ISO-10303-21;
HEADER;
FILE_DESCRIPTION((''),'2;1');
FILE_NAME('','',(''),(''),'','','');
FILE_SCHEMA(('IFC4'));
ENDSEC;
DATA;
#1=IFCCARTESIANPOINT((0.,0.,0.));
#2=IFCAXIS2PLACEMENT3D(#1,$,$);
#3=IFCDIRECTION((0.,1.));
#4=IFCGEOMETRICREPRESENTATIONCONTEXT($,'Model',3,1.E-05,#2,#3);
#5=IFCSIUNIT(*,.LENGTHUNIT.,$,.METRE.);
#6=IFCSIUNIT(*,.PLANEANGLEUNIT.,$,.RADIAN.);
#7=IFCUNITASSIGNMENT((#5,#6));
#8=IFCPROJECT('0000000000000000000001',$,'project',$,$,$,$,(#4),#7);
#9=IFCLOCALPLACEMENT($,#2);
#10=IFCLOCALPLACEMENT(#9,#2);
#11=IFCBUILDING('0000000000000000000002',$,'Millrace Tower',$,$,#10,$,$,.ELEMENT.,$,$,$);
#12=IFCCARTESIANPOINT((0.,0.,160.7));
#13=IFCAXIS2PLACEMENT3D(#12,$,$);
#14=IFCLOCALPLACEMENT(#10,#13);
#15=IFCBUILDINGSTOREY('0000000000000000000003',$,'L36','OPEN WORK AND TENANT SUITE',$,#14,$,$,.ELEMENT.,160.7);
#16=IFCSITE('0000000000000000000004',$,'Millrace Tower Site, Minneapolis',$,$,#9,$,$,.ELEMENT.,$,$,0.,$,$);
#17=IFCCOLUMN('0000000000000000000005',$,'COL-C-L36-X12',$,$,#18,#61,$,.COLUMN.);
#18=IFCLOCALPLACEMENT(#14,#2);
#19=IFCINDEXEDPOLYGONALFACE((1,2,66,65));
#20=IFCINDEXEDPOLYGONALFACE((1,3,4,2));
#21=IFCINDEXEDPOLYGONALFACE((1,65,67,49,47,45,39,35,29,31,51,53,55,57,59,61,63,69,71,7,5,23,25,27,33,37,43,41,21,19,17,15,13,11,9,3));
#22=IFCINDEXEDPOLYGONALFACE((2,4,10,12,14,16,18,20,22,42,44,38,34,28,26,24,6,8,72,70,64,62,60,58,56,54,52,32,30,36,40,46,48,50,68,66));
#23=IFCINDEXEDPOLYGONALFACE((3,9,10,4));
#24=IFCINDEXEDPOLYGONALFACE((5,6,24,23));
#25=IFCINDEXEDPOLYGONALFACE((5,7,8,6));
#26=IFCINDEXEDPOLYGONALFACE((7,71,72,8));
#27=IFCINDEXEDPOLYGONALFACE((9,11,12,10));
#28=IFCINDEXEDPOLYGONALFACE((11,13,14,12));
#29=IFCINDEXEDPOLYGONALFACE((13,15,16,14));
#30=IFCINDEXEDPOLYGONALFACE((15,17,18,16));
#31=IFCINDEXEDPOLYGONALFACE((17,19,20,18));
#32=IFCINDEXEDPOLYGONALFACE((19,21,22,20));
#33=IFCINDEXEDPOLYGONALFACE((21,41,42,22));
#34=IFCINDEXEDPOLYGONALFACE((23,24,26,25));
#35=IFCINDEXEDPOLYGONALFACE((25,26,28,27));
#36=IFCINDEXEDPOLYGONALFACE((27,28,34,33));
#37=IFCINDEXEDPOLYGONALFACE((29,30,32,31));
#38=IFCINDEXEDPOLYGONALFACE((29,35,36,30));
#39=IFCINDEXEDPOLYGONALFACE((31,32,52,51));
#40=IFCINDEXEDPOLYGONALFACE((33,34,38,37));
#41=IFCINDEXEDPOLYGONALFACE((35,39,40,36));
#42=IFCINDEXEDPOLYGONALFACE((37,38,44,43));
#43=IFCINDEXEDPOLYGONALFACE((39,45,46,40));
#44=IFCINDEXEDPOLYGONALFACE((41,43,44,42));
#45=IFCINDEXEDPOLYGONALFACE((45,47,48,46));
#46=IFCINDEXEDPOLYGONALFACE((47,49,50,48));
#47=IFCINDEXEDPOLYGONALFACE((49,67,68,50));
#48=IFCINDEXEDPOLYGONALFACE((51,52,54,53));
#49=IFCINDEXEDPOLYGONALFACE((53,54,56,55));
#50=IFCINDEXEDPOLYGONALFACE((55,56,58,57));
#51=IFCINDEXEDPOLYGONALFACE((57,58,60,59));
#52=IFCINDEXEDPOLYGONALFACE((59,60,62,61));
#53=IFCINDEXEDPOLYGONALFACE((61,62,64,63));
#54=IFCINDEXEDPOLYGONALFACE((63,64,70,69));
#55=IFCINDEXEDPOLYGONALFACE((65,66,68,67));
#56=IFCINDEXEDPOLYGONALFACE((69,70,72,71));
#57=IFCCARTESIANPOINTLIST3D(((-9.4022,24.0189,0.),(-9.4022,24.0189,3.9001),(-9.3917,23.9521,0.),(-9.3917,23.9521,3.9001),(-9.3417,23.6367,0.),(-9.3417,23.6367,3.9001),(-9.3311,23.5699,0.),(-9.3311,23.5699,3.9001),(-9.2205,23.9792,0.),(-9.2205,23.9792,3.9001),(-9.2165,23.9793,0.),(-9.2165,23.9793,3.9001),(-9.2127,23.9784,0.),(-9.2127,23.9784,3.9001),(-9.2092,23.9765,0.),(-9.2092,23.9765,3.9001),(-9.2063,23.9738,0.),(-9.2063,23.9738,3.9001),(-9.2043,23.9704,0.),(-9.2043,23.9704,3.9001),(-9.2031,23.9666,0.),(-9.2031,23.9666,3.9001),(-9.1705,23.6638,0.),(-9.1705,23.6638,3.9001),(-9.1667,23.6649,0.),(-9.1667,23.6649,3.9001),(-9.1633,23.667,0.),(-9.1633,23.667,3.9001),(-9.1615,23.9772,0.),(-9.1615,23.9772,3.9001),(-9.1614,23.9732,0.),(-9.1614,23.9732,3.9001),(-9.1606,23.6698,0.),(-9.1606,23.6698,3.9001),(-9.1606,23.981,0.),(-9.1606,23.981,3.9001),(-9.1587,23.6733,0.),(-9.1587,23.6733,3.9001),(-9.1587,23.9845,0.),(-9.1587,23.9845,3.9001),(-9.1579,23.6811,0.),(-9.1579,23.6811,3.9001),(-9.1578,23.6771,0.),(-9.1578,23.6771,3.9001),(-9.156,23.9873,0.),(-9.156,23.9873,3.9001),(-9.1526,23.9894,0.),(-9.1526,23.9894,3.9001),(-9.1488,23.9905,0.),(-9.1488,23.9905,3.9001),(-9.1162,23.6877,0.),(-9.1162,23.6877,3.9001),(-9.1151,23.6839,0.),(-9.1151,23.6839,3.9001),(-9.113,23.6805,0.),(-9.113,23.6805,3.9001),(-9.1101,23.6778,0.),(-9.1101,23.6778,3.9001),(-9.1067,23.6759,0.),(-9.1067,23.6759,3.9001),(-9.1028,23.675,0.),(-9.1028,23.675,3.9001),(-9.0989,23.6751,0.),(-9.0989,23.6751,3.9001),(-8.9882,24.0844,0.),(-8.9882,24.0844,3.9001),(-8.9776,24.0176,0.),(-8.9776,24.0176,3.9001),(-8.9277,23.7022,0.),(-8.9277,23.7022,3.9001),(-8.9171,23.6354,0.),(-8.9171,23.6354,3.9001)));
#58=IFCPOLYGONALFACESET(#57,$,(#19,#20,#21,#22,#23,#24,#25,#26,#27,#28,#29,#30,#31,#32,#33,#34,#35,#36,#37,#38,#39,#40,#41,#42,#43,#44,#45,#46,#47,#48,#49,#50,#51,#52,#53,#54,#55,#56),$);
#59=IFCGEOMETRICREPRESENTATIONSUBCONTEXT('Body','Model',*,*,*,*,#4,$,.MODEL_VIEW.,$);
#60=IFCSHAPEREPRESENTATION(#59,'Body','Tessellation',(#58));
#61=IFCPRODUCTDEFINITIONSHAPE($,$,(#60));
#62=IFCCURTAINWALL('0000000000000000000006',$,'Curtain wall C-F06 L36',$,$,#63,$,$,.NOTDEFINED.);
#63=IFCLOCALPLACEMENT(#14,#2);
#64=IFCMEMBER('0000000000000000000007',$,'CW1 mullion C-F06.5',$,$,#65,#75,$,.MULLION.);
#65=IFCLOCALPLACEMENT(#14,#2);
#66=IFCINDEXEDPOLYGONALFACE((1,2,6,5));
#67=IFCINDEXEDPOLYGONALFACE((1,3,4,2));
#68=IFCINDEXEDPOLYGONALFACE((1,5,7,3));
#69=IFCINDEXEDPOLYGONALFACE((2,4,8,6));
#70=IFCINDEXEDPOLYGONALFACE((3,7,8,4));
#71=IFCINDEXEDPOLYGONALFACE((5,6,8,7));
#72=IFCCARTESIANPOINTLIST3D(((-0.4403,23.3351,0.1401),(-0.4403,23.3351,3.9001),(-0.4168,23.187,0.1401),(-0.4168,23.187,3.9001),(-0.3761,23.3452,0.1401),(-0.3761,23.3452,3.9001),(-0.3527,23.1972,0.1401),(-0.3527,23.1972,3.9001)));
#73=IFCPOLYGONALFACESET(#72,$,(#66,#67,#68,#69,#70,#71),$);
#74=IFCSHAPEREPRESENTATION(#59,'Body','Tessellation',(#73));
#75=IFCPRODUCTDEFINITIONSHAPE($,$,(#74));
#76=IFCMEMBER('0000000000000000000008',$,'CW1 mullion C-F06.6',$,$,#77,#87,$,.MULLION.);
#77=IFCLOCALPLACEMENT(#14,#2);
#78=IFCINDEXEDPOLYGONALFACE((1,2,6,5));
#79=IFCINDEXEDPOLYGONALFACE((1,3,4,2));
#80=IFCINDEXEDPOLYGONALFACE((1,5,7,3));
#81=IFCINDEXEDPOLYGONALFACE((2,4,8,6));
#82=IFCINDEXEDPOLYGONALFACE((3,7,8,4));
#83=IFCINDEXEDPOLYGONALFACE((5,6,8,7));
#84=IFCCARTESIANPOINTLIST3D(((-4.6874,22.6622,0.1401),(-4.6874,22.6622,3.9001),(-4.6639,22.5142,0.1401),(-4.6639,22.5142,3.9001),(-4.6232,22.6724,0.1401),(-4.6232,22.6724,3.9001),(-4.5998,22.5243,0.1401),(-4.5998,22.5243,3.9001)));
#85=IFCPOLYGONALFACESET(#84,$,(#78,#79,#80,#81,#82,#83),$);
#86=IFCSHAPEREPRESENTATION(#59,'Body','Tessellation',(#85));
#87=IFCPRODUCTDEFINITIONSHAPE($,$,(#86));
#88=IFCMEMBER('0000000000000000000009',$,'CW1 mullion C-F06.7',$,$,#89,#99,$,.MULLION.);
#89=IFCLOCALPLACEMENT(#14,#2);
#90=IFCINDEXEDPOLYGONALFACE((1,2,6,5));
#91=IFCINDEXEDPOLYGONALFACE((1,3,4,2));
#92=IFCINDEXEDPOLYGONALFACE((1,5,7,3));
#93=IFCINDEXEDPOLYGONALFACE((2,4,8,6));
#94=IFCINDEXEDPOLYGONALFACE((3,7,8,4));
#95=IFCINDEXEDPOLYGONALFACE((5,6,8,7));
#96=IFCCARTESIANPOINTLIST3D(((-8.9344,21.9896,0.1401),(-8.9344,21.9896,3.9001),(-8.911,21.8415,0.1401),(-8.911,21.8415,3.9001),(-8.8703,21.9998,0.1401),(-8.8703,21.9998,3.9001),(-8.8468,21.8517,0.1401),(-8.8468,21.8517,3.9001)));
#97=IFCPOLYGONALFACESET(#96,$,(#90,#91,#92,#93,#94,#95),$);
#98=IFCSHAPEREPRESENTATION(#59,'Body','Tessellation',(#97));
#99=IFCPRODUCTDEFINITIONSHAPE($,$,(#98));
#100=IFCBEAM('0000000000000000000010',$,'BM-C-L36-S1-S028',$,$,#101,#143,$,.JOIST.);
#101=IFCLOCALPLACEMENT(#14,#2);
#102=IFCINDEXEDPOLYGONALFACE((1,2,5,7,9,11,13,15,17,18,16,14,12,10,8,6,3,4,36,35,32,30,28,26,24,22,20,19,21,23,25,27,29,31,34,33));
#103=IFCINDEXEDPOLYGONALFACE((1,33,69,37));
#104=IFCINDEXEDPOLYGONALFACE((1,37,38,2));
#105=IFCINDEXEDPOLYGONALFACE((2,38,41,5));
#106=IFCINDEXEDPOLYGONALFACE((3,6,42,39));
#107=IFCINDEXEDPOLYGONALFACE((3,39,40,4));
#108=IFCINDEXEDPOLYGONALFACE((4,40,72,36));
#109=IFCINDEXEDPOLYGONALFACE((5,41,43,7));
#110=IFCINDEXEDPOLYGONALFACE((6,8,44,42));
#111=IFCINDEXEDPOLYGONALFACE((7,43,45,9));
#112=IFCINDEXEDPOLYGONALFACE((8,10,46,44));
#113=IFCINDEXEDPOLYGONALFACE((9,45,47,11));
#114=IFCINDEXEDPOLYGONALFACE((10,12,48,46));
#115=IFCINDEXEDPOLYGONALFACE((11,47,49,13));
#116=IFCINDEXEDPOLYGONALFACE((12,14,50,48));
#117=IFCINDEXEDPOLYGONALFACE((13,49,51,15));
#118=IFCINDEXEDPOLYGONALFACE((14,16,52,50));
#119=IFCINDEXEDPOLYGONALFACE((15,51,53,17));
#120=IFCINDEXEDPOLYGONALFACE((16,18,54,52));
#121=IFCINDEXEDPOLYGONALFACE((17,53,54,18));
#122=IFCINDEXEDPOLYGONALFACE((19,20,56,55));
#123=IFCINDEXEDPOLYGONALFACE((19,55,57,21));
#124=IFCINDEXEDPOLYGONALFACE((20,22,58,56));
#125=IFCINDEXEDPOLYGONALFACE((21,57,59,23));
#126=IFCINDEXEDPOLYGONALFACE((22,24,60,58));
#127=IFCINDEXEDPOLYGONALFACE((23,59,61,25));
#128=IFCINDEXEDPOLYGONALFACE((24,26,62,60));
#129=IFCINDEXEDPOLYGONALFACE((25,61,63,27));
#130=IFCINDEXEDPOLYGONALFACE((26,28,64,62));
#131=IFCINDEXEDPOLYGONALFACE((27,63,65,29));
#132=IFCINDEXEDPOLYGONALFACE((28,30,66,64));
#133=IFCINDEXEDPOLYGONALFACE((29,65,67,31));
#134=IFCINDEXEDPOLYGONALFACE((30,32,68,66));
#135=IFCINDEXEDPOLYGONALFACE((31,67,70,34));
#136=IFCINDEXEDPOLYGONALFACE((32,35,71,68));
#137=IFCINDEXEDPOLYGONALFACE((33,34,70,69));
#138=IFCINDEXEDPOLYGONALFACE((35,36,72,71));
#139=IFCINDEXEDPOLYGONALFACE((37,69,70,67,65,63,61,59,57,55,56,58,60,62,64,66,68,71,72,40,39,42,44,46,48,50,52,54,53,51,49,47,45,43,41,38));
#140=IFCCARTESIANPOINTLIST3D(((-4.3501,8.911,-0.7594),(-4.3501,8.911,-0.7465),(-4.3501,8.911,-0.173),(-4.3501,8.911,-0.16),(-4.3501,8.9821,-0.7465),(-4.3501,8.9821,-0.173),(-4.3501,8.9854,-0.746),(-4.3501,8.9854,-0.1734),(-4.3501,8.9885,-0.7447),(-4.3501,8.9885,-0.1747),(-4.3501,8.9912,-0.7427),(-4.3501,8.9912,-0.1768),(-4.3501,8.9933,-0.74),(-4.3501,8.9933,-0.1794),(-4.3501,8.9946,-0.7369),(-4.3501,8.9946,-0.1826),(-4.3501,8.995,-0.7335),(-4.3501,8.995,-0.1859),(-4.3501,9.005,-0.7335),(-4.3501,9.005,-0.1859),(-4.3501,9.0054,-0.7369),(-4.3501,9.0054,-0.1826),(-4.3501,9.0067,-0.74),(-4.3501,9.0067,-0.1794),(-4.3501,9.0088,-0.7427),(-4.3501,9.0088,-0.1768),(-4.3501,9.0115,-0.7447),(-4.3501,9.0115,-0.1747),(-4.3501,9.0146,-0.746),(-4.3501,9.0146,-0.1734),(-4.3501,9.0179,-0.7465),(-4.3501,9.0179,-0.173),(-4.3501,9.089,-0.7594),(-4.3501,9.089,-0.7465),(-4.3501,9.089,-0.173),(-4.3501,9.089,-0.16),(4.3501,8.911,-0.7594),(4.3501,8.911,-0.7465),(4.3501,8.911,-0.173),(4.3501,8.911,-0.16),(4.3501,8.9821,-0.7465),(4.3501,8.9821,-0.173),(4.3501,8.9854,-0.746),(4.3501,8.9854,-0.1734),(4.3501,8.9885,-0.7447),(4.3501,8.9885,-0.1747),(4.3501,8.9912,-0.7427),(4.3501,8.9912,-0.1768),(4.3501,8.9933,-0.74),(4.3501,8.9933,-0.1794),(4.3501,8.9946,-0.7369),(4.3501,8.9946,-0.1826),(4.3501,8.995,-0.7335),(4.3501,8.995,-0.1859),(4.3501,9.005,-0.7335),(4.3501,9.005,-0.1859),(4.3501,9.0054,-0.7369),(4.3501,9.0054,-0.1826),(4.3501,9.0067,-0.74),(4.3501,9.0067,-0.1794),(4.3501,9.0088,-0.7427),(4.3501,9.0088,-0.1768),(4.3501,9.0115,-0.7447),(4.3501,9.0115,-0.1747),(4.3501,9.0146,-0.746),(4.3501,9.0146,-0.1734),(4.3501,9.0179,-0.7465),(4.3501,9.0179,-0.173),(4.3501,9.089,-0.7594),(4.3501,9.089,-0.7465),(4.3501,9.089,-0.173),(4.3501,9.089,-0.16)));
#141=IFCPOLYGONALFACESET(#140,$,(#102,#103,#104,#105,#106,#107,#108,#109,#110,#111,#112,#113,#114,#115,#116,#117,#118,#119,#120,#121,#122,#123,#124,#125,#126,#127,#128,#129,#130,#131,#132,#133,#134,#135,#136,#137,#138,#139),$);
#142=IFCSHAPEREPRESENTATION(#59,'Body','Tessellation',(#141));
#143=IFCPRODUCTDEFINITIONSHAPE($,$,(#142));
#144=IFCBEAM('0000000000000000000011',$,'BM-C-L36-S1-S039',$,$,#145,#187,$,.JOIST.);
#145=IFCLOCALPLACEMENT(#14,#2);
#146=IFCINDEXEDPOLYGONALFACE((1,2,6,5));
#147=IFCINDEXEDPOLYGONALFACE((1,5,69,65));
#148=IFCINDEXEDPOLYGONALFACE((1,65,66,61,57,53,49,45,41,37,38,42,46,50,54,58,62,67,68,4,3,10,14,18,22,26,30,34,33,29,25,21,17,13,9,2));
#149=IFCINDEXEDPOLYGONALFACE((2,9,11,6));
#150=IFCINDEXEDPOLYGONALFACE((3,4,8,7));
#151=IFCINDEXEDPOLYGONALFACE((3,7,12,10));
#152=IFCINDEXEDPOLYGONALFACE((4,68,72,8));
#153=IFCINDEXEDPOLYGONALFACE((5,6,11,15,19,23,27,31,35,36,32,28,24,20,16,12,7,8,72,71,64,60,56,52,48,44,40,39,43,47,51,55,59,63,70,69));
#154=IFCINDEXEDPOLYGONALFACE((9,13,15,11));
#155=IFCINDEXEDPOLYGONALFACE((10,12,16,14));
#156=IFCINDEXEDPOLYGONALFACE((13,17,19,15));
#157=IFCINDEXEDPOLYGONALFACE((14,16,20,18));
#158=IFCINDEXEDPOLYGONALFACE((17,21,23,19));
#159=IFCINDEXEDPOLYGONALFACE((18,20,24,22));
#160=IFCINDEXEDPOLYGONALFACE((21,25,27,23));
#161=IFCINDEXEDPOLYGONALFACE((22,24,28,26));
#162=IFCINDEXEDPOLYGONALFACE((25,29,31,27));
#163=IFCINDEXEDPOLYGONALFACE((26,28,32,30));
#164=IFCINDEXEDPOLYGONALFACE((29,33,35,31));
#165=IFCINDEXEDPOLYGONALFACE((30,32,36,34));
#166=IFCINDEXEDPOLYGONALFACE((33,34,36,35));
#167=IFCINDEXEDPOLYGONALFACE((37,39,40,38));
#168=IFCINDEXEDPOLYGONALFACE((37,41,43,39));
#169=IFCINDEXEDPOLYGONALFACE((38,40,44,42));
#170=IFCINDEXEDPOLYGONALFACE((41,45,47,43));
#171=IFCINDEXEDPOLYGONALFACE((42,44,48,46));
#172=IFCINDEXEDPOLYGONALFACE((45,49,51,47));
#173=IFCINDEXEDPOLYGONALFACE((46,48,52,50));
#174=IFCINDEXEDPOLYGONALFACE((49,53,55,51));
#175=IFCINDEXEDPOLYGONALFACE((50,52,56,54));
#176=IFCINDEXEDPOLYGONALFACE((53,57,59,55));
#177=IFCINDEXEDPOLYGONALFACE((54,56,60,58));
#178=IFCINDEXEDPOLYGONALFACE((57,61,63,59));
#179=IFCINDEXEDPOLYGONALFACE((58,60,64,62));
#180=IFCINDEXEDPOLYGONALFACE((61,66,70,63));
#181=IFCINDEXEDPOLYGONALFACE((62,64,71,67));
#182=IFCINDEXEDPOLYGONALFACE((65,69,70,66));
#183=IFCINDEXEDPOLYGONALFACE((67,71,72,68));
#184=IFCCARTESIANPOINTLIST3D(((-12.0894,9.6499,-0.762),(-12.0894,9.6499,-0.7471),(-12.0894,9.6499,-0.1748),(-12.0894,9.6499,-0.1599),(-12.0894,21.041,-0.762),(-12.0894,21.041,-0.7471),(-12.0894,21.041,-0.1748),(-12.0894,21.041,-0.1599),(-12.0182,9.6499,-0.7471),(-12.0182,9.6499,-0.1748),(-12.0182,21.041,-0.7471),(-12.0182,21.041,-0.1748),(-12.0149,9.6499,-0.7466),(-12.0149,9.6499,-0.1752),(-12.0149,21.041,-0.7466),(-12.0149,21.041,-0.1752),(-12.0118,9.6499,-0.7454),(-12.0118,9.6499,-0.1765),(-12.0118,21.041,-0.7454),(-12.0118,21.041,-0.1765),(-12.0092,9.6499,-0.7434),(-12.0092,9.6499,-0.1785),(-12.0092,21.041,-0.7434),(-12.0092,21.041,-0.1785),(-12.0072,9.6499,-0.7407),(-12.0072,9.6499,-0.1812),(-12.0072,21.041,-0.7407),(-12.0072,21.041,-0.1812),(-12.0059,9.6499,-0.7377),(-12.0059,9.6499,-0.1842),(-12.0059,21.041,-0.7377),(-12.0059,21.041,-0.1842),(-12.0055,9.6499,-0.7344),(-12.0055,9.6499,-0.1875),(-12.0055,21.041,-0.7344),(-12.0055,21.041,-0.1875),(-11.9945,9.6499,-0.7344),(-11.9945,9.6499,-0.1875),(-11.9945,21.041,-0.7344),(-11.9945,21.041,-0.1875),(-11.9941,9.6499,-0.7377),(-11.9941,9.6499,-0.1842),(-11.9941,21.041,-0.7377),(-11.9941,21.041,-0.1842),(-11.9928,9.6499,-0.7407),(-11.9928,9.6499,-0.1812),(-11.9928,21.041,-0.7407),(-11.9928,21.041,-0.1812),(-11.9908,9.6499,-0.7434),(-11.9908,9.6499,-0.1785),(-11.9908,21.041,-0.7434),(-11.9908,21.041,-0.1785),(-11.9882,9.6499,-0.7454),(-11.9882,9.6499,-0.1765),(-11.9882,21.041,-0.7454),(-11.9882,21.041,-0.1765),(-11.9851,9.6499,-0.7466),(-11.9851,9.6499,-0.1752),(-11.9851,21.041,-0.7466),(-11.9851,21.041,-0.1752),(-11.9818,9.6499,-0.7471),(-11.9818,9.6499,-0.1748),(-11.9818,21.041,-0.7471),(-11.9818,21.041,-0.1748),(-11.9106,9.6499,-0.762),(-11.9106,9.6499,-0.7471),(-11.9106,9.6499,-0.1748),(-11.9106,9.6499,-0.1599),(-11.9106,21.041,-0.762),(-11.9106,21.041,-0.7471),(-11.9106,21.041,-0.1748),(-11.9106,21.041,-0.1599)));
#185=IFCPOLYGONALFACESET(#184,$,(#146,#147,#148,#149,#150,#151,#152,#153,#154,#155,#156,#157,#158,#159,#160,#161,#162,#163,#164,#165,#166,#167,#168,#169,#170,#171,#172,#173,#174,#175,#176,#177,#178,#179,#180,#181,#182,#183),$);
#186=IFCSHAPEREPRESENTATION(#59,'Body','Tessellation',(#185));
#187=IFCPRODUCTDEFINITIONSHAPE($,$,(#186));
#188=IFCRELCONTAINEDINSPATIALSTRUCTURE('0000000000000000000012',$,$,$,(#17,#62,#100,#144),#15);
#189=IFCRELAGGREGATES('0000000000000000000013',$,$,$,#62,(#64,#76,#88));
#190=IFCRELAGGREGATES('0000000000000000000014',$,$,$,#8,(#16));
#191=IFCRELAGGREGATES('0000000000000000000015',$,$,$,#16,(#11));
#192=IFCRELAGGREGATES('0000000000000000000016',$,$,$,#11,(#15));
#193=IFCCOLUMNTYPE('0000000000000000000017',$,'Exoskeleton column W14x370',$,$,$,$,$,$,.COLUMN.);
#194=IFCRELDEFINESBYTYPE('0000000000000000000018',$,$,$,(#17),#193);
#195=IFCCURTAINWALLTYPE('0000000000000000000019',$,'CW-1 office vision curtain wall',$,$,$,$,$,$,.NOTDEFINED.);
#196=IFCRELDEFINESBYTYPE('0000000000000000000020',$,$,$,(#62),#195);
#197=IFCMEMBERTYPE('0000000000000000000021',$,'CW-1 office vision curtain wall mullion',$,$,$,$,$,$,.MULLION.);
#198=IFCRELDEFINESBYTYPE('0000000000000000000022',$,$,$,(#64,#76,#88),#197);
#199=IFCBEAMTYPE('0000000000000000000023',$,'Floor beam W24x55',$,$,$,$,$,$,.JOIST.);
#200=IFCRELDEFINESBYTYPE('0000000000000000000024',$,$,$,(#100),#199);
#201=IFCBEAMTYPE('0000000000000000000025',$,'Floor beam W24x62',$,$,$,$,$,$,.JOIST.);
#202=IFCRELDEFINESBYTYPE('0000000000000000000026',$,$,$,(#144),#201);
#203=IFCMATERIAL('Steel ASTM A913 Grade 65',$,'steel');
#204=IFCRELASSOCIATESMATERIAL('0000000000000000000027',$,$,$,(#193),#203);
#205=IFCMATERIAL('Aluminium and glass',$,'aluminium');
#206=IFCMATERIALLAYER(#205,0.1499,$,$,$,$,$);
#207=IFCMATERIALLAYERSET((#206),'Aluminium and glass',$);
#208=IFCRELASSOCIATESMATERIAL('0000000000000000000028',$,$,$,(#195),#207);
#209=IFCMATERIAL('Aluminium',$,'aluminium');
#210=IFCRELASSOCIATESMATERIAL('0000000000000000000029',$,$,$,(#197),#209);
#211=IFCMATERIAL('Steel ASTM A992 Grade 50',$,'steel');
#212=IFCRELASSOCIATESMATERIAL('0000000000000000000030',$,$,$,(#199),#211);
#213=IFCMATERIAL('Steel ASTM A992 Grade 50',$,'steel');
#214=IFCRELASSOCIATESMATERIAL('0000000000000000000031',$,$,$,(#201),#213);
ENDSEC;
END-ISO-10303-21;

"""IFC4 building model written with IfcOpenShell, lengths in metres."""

from ifc_helpers import new_model, si_unit, direction, frame, origin, origin_2d, place, context, subcontext, project, spatial, rectangle, i_section, extrude, material, layer, layer_set, material_profile, profile_set, type_object, element, aggregate, save


model = new_model("IFC4")

# Units and contexts
model_context = context("Model", 3, precision=1e-05, world=origin(), true_north=direction((0.0, 1.0)))
body_context = subcontext(model_context, "Body", "Model", "MODEL_VIEW")
ifc_project = project(units=[si_unit("LENGTHUNIT", "METRE"), si_unit("PLANEANGLEUNIT", "RADIAN")], contexts=[model_context])

# Site, building, storey
site_placement = place(None, origin())
site = spatial("IfcSite", under=ifc_project, at=site_placement, Name="Millrace Tower Site, Minneapolis", CompositionType="ELEMENT", RefElevation=0.0)
building_placement = place(site_placement, origin())
building = spatial("IfcBuilding", under=site, at=building_placement, Name="Millrace Tower", CompositionType="ELEMENT")
storey_placement = place(building_placement, frame((0.0, 0.0, 160.7)))
storey = spatial("IfcBuildingStorey", under=building, at=storey_placement, Name="L36", Description="OPEN WORK AND TENANT SUITE", CompositionType="ELEMENT", Elevation=160.7)

# Column
ifc_material_1 = material(Name="Steel ASTM A913 Grade 65", Category="steel")
ifc_material_profile_1 = material_profile(ifc_material_1, i_section(OverallWidth=0.4192, OverallDepth=0.4546, WebThickness=0.0422, FlangeThickness=0.0676, FilletRadius=0.0151, at=origin_2d()))
ifc_profile_set_1 = profile_set([ifc_material_profile_1], Name="Steel ASTM A913 Grade 65")
column_type = type_object("IfcColumnType", Name="Exoskeleton column W14x370", PredefinedType="COLUMN", material=ifc_profile_set_1)
column_placement = place(storey_placement, frame((-9.1597, 23.8271, 0.0), z_axis=(0.0, 0.0, 1.0), x_axis=(-0.987688, -0.156434, 0.0)))
element("IfcColumn", 1, at=column_placement, inside=storey, type_object=column_type, Name="COL-C-L36-X12", PredefinedType="COLUMN", context=body_context, shape_type="SweptSolid", body=[
    extrude(i_section(OverallWidth=0.4192, OverallDepth=0.4546, WebThickness=0.0422, FlangeThickness=0.0676, FilletRadius=0.0151, at=origin_2d()), origin(), (0.0, 0.0, 1.0), 3.9001),
])

# Curtain wall, members
ifc_material_2 = material(Name="Aluminium and glass", Category="aluminium")
ifc_layer_1 = layer(ifc_material_2, 0.1499)
ifc_layer_set_1 = layer_set([ifc_layer_1], Name="Aluminium and glass")
curtain_wall_type = type_object("IfcCurtainWallType", Name="CW-1 office vision curtain wall", PredefinedType="NOTDEFINED", material=ifc_layer_set_1)
placement = place(storey_placement, origin())
curtain_wall = element("IfcCurtainWall", 2, at=placement, inside=storey, type_object=curtain_wall_type, Name="Curtain wall C-F06 L36", PredefinedType="NOTDEFINED")
ifc_material_3 = material(Name="Aluminium", Category="aluminium")
ifc_material_profile_2 = material_profile(ifc_material_3, rectangle(XDim=0.0649, YDim=0.1499, at=origin_2d()))
ifc_profile_set_2 = profile_set([ifc_material_profile_2], Name="Aluminium")
member_type = type_object("IfcMemberType", Name="CW-1 office vision curtain wall mullion", PredefinedType="MULLION", material=ifc_profile_set_2)
member_1_placement = place(storey_placement, frame((-0.3965, 23.2661, 0.1401), z_axis=(0.0, 0.0, 1.0), x_axis=(-0.987688, -0.156434, 0.0)))
member_1 = element("IfcMember", 3, at=member_1_placement, type_object=member_type, Name="CW1 mullion C-F06.5", PredefinedType="MULLION", context=body_context, shape_type="SweptSolid", body=[
    extrude(rectangle(XDim=0.0649, YDim=0.1499, at=origin_2d()), origin(), (0.0, 0.0, 1.0), 3.76),
])
member_2_placement = place(storey_placement, frame((-4.6436, 22.5933, 0.1401), z_axis=(0.0, 0.0, 1.0), x_axis=(-0.987688, -0.156434, 0.0)))
member_2 = element("IfcMember", 4, at=member_2_placement, type_object=member_type, Name="CW1 mullion C-F06.6", PredefinedType="MULLION", context=body_context, shape_type="SweptSolid", body=[
    extrude(rectangle(XDim=0.0649, YDim=0.1499, at=origin_2d()), origin(), (0.0, 0.0, 1.0), 3.76),
])
member_3_placement = place(storey_placement, frame((-8.8906, 21.9207, 0.1401), z_axis=(0.0, 0.0, 1.0), x_axis=(-0.987688, -0.156434, 0.0)))
member_3 = element("IfcMember", 5, at=member_3_placement, type_object=member_type, Name="CW1 mullion C-F06.7", PredefinedType="MULLION", context=body_context, shape_type="SweptSolid", body=[
    extrude(rectangle(XDim=0.0649, YDim=0.1499, at=origin_2d()), origin(), (0.0, 0.0, 1.0), 3.76),
])
aggregate(curtain_wall, [member_1, member_2, member_3])

# Beams
ifc_material_4 = material(Name="Steel ASTM A992 Grade 50", Category="steel")
ifc_material_profile_3 = material_profile(ifc_material_4, i_section(OverallWidth=0.178, OverallDepth=0.5994, WebThickness=0.01, FlangeThickness=0.0129, FilletRadius=0.0129, at=origin_2d()))
ifc_profile_set_3 = profile_set([ifc_material_profile_3], Name="Steel ASTM A992 Grade 50")
beam_type_1 = type_object("IfcBeamType", Name="Floor beam W24x55", PredefinedType="JOIST", material=ifc_profile_set_3)
beam_1_placement = place(storey_placement, frame((-4.3501, 9.0, -0.4597), z_axis=(1.0, 0.0, 0.0), x_axis=(0.0, 1.0, 0.0)))
element("IfcBeam", 6, at=beam_1_placement, inside=storey, type_object=beam_type_1, Name="BM-C-L36-S1-S028", PredefinedType="JOIST", context=body_context, shape_type="SweptSolid", body=[
    extrude(i_section(OverallWidth=0.178, OverallDepth=0.5994, WebThickness=0.01, FlangeThickness=0.0129, FilletRadius=0.0129, at=origin_2d()), origin(), (0.0, 0.0, 1.0), 8.7002),
])
ifc_material_5 = material(Name="Steel ASTM A992 Grade 50", Category="steel")
ifc_material_profile_4 = material_profile(ifc_material_5, i_section(OverallWidth=0.1787, OverallDepth=0.6021, WebThickness=0.011, FlangeThickness=0.0149, FilletRadius=0.0127, at=origin_2d()))
ifc_profile_set_4 = profile_set([ifc_material_profile_4], Name="Steel ASTM A992 Grade 50")
beam_type_2 = type_object("IfcBeamType", Name="Floor beam W24x62", PredefinedType="JOIST", material=ifc_profile_set_4)
beam_2_placement = place(storey_placement, frame((-12.0, 9.6499, -0.4609), z_axis=(0.0, 1.0, 0.0), x_axis=(-1.0, 0.0, 0.0)))
element("IfcBeam", 7, at=beam_2_placement, inside=storey, type_object=beam_type_2, Name="BM-C-L36-S1-S039", PredefinedType="JOIST", context=body_context, shape_type="SweptSolid", body=[
    extrude(i_section(OverallWidth=0.1787, OverallDepth=0.6021, WebThickness=0.011, FlangeThickness=0.0149, FilletRadius=0.0127, at=origin_2d()), origin(), (0.0, 0.0, 1.0), 11.3911),
])

save(model, "model.ifc")
